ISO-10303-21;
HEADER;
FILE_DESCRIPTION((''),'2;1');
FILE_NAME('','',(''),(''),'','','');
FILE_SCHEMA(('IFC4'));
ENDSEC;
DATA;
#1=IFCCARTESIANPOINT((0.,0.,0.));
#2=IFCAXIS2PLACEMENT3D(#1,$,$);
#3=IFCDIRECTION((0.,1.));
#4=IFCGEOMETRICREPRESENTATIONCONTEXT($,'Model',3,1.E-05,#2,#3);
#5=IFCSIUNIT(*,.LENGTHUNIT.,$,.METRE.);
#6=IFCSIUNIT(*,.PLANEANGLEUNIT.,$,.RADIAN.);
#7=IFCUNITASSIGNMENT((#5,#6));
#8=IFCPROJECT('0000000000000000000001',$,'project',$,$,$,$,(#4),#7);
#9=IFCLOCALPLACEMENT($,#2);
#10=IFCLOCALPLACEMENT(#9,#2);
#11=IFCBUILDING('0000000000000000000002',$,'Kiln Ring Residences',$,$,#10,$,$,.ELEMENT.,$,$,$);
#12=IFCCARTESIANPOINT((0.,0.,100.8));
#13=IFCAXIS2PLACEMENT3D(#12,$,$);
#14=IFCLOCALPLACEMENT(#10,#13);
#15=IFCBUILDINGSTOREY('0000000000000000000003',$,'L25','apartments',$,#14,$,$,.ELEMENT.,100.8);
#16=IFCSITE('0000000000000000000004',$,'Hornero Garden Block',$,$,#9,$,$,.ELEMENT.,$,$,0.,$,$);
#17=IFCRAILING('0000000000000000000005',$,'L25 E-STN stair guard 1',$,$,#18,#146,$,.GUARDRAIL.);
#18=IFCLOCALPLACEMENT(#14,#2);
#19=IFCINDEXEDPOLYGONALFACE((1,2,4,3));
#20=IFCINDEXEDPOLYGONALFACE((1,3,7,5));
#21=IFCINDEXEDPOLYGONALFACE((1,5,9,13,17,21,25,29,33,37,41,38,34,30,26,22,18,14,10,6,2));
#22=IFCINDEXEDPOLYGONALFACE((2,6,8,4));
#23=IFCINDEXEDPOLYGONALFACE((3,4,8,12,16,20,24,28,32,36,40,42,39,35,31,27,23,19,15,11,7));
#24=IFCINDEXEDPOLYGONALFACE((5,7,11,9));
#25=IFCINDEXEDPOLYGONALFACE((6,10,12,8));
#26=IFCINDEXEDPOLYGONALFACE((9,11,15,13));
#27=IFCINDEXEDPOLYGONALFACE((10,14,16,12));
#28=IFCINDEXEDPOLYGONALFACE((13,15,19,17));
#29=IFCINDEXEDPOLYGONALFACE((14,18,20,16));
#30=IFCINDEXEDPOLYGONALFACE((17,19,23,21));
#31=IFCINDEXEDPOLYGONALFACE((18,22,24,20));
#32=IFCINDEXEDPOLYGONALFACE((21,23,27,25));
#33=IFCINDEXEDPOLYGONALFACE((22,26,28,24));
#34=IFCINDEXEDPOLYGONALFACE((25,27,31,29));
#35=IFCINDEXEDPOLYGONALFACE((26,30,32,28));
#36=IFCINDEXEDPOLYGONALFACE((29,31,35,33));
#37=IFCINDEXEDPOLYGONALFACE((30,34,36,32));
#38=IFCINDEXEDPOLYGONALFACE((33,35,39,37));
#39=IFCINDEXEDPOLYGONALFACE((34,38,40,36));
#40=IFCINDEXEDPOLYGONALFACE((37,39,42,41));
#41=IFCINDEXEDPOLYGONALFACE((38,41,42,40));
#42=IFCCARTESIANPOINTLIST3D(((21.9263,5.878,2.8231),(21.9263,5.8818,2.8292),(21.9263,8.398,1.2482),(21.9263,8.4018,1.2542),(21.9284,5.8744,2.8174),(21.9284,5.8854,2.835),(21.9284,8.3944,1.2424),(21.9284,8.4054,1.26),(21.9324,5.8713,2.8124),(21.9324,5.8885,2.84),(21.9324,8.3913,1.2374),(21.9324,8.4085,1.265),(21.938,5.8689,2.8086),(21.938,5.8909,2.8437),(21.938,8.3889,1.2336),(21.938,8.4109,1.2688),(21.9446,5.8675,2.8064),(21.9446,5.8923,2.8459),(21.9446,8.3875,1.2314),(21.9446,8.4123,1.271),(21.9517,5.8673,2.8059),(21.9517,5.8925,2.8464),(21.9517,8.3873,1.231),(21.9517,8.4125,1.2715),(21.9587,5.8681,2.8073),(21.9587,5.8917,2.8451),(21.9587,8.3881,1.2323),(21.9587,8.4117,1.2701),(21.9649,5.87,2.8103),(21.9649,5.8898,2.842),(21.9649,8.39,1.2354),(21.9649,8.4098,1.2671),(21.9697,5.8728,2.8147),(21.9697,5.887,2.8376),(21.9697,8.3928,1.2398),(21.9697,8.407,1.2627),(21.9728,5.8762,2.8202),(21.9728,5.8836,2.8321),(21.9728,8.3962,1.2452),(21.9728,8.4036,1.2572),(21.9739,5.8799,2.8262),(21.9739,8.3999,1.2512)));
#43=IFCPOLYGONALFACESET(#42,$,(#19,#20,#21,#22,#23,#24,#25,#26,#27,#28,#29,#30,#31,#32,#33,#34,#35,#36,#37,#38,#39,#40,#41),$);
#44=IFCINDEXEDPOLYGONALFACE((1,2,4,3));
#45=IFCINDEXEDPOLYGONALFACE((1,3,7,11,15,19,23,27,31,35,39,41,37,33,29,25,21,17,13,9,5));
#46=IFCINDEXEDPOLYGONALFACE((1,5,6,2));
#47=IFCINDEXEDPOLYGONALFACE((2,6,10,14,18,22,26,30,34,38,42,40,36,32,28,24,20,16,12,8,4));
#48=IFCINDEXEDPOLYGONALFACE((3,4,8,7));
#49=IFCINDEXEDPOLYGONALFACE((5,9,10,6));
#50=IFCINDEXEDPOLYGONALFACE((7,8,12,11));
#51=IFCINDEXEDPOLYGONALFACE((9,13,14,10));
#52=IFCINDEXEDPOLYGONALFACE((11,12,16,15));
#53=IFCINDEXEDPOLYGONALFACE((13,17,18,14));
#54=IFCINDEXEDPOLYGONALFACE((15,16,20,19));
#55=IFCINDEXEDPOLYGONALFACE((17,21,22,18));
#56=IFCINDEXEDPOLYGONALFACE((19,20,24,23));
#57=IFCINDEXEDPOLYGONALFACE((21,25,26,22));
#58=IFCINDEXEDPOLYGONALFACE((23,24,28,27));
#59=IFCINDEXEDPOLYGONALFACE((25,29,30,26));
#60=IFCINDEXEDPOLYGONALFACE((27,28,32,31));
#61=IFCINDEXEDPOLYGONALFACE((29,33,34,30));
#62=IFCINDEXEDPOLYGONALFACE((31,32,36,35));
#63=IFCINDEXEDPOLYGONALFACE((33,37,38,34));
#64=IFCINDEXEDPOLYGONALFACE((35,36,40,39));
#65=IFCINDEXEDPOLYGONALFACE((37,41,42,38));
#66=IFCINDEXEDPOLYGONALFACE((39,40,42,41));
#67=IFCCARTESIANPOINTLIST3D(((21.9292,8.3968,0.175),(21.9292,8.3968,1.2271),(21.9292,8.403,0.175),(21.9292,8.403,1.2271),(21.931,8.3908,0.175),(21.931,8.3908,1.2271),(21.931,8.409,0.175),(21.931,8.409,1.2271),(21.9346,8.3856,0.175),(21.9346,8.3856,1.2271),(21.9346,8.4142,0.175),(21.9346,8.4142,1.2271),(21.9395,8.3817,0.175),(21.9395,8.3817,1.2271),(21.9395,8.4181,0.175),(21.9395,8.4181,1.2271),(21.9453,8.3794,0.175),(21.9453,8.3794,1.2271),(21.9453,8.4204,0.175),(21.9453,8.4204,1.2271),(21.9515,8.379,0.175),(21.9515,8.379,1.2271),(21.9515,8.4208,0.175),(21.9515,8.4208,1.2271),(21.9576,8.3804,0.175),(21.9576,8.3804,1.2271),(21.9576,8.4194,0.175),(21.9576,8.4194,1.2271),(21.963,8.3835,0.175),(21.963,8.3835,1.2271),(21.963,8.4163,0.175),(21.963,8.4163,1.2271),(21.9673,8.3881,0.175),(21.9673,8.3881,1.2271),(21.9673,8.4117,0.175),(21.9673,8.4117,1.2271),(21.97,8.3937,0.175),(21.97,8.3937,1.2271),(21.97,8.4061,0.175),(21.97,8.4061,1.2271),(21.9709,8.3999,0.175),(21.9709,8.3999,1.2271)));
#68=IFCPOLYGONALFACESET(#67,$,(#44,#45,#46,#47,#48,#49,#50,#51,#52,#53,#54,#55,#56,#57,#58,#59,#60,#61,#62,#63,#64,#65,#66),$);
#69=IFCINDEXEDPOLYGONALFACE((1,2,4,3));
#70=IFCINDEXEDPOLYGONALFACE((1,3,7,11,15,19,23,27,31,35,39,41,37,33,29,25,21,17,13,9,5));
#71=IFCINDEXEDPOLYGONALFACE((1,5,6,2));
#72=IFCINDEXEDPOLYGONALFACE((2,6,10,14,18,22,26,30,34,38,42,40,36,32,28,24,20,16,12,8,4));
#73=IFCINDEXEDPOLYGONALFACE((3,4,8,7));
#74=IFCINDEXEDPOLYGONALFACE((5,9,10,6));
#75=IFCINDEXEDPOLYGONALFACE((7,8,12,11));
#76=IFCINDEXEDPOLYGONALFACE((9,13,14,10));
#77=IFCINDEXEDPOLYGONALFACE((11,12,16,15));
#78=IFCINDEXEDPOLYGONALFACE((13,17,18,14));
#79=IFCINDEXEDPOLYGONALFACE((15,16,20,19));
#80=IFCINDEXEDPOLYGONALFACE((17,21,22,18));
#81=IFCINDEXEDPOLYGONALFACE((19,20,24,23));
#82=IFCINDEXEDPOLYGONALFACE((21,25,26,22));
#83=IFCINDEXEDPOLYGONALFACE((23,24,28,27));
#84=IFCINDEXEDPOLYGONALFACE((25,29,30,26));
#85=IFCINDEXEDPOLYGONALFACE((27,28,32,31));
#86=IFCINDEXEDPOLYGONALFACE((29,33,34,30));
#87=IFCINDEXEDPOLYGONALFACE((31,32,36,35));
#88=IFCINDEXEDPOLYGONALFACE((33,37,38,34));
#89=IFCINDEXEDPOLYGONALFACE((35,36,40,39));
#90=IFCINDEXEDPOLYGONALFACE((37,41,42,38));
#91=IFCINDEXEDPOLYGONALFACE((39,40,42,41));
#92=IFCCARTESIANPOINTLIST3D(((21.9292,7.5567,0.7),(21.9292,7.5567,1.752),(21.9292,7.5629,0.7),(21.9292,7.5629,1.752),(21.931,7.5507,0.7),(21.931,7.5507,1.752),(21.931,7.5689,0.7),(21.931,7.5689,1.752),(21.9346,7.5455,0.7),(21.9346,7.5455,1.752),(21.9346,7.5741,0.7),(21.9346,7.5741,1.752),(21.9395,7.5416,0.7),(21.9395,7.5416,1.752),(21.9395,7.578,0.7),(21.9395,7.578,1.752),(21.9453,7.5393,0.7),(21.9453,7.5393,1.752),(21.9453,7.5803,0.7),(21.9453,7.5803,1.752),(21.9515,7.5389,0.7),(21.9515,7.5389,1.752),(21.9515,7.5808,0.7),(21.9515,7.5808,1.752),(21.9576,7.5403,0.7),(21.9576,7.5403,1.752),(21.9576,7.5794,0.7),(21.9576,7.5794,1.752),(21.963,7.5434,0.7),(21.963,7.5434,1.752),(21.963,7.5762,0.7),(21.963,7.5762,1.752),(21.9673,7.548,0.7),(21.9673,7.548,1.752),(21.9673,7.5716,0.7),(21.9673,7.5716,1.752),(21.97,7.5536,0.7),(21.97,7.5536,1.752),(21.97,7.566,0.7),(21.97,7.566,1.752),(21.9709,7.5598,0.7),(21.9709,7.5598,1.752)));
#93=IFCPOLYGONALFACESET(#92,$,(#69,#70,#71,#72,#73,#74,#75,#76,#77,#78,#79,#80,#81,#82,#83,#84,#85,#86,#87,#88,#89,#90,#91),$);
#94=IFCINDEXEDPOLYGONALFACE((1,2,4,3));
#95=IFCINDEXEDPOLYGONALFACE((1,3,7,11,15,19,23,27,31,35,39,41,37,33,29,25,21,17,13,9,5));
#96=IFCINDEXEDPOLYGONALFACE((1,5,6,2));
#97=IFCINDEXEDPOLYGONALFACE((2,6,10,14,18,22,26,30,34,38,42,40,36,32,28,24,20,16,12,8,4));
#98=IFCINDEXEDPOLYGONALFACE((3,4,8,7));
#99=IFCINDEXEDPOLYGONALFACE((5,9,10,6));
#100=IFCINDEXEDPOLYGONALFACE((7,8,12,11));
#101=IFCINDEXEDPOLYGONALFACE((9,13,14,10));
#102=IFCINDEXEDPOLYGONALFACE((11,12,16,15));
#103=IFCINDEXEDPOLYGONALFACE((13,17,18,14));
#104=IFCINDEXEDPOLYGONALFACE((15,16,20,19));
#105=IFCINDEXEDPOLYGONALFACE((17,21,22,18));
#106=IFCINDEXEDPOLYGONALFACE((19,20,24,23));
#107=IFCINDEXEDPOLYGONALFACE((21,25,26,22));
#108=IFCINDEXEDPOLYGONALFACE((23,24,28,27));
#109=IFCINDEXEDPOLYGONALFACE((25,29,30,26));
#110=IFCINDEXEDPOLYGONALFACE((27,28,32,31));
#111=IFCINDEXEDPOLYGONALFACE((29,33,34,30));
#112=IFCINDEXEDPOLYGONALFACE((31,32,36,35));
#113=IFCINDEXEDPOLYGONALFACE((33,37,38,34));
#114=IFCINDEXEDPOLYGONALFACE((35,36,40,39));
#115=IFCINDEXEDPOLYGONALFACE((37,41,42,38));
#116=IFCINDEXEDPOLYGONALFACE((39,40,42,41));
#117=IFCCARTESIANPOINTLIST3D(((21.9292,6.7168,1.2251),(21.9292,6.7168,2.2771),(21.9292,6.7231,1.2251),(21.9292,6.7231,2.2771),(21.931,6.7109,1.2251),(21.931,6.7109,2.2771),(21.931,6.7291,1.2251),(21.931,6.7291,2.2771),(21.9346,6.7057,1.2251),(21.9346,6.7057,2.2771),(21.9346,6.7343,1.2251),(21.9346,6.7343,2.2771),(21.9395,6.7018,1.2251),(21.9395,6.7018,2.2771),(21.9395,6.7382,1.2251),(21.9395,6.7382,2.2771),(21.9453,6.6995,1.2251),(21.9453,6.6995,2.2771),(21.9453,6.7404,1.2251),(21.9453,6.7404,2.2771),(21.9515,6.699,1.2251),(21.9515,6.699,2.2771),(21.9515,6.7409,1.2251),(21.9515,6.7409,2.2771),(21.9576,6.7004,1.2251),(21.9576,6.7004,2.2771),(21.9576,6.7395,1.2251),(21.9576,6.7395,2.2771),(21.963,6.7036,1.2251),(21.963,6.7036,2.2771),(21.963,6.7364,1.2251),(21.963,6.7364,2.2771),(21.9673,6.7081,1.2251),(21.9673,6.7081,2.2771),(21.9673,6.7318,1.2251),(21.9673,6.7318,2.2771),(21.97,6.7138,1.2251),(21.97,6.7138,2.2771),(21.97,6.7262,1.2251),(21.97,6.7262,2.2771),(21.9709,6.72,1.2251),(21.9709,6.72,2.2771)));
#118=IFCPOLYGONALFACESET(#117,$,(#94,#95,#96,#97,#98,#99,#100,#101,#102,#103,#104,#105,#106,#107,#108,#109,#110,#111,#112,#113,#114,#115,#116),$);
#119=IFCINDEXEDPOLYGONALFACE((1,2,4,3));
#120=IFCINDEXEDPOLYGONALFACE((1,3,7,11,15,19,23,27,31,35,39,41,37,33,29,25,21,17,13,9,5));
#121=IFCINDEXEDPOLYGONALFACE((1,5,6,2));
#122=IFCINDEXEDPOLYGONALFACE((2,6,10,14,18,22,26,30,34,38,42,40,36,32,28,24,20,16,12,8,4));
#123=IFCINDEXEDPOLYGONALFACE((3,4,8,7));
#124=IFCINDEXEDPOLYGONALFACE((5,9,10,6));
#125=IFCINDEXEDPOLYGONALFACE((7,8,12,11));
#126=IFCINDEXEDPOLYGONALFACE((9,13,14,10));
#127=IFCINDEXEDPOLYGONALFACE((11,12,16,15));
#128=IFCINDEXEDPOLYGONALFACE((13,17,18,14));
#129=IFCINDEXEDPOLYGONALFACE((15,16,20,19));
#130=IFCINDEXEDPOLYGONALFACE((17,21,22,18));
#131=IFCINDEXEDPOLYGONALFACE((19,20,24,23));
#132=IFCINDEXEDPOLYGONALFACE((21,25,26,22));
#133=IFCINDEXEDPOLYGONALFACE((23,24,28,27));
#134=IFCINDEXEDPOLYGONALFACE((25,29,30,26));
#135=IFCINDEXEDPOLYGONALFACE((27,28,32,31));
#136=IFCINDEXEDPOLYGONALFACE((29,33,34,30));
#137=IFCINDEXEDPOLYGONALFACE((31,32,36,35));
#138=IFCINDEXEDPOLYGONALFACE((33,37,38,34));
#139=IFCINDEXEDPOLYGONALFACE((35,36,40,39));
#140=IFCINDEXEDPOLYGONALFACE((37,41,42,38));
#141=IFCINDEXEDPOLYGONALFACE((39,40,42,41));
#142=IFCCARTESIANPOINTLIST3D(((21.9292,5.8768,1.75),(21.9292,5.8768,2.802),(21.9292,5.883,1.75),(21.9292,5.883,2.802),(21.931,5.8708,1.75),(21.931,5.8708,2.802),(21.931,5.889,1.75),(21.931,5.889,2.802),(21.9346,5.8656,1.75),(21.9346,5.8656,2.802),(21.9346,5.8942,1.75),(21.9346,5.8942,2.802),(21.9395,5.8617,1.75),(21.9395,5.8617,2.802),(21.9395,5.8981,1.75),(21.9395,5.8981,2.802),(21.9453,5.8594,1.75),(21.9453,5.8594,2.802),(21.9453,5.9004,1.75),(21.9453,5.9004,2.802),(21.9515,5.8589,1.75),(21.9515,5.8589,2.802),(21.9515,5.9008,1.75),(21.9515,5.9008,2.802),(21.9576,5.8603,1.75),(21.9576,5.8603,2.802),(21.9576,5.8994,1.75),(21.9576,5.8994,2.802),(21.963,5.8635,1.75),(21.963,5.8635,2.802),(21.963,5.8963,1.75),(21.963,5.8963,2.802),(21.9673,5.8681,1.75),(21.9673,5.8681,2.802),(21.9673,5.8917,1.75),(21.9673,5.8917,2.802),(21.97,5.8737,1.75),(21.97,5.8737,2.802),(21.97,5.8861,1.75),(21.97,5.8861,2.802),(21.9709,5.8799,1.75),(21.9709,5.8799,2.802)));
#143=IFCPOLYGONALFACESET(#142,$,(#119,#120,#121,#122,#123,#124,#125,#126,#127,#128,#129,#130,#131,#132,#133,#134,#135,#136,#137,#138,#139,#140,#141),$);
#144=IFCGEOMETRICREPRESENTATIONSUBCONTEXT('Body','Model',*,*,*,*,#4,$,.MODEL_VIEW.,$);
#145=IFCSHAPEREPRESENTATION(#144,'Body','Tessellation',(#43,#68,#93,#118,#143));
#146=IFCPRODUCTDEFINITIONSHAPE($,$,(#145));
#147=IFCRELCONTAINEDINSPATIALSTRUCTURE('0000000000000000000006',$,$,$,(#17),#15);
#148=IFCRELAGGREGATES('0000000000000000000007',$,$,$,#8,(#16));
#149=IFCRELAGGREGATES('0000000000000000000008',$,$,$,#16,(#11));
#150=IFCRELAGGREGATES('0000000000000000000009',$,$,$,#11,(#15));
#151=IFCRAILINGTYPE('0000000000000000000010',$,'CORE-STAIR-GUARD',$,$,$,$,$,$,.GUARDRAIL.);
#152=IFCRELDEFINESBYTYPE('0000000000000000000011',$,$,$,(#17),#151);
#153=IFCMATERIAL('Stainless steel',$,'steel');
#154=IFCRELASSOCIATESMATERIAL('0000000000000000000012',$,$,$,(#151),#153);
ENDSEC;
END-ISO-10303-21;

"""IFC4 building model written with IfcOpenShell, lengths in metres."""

from ifc_helpers import new_model, si_unit, direction, frame, origin, origin_2d, place, context, subcontext, project, spatial, circle, extrude, material, type_object, element, save


model = new_model("IFC4")

# Units and contexts
model_context = context("Model", 3, precision=1e-05, world=origin(), true_north=direction((0.0, 1.0)))
body_context = subcontext(model_context, "Body", "Model", "MODEL_VIEW")
ifc_project = project(units=[si_unit("LENGTHUNIT", "METRE"), si_unit("PLANEANGLEUNIT", "RADIAN")], contexts=[model_context])

# Site, building, storey
site_placement = place(None, origin())
site = spatial("IfcSite", under=ifc_project, at=site_placement, Name="Hornero Garden Block", CompositionType="ELEMENT", RefElevation=0.0)
building_placement = place(site_placement, origin())
building = spatial("IfcBuilding", under=site, at=building_placement, Name="Kiln Ring Residences", CompositionType="ELEMENT")
storey_placement = place(building_placement, frame((0.0, 0.0, 100.8)))
storey = spatial("IfcBuildingStorey", under=building, at=storey_placement, Name="L25", Description="apartments", CompositionType="ELEMENT", Elevation=100.8)

# Railing
ifc_material_1 = material(Name="Stainless steel", Category="steel")
railing_type_1 = type_object("IfcRailingType", Name="CORE-STAIR-GUARD", PredefinedType="GUARDRAIL", material=ifc_material_1)
railing_1_placement = place(storey_placement, frame((21.95, 8.3999, 0.175)))
element("IfcRailing", 1, at=railing_1_placement, inside=storey, type_object=railing_type_1, Name="L25 E-STN stair guard 1", PredefinedType="GUARDRAIL", context=body_context, shape_type="SweptSolid", body=[
    extrude(circle(Radius=0.0239, at=origin_2d()), frame((0.0, 0.0, 1.0762), z_axis=(0.0, -0.848008, 0.529984), x_axis=(1.0, 0.0, 0.0)), (0.0, 0.0, 1.0), 2.9717),
    extrude(circle(Radius=0.021, at=origin_2d()), origin(), (0.0, 0.0, 1.0), 1.052),
    extrude(circle(Radius=0.021, at=origin_2d()), frame((0.0, -0.8401, 0.5249)), (0.0, 0.0, 1.0), 1.052),
    extrude(circle(Radius=0.021, at=origin_2d()), frame((0.0, -1.6799, 1.05)), (0.0, 0.0, 1.0), 1.052),
    extrude(circle(Radius=0.021, at=origin_2d()), frame((0.0, -2.52, 1.575)), (0.0, 0.0, 1.0), 1.052),
])

save(model, "model.ifc")
